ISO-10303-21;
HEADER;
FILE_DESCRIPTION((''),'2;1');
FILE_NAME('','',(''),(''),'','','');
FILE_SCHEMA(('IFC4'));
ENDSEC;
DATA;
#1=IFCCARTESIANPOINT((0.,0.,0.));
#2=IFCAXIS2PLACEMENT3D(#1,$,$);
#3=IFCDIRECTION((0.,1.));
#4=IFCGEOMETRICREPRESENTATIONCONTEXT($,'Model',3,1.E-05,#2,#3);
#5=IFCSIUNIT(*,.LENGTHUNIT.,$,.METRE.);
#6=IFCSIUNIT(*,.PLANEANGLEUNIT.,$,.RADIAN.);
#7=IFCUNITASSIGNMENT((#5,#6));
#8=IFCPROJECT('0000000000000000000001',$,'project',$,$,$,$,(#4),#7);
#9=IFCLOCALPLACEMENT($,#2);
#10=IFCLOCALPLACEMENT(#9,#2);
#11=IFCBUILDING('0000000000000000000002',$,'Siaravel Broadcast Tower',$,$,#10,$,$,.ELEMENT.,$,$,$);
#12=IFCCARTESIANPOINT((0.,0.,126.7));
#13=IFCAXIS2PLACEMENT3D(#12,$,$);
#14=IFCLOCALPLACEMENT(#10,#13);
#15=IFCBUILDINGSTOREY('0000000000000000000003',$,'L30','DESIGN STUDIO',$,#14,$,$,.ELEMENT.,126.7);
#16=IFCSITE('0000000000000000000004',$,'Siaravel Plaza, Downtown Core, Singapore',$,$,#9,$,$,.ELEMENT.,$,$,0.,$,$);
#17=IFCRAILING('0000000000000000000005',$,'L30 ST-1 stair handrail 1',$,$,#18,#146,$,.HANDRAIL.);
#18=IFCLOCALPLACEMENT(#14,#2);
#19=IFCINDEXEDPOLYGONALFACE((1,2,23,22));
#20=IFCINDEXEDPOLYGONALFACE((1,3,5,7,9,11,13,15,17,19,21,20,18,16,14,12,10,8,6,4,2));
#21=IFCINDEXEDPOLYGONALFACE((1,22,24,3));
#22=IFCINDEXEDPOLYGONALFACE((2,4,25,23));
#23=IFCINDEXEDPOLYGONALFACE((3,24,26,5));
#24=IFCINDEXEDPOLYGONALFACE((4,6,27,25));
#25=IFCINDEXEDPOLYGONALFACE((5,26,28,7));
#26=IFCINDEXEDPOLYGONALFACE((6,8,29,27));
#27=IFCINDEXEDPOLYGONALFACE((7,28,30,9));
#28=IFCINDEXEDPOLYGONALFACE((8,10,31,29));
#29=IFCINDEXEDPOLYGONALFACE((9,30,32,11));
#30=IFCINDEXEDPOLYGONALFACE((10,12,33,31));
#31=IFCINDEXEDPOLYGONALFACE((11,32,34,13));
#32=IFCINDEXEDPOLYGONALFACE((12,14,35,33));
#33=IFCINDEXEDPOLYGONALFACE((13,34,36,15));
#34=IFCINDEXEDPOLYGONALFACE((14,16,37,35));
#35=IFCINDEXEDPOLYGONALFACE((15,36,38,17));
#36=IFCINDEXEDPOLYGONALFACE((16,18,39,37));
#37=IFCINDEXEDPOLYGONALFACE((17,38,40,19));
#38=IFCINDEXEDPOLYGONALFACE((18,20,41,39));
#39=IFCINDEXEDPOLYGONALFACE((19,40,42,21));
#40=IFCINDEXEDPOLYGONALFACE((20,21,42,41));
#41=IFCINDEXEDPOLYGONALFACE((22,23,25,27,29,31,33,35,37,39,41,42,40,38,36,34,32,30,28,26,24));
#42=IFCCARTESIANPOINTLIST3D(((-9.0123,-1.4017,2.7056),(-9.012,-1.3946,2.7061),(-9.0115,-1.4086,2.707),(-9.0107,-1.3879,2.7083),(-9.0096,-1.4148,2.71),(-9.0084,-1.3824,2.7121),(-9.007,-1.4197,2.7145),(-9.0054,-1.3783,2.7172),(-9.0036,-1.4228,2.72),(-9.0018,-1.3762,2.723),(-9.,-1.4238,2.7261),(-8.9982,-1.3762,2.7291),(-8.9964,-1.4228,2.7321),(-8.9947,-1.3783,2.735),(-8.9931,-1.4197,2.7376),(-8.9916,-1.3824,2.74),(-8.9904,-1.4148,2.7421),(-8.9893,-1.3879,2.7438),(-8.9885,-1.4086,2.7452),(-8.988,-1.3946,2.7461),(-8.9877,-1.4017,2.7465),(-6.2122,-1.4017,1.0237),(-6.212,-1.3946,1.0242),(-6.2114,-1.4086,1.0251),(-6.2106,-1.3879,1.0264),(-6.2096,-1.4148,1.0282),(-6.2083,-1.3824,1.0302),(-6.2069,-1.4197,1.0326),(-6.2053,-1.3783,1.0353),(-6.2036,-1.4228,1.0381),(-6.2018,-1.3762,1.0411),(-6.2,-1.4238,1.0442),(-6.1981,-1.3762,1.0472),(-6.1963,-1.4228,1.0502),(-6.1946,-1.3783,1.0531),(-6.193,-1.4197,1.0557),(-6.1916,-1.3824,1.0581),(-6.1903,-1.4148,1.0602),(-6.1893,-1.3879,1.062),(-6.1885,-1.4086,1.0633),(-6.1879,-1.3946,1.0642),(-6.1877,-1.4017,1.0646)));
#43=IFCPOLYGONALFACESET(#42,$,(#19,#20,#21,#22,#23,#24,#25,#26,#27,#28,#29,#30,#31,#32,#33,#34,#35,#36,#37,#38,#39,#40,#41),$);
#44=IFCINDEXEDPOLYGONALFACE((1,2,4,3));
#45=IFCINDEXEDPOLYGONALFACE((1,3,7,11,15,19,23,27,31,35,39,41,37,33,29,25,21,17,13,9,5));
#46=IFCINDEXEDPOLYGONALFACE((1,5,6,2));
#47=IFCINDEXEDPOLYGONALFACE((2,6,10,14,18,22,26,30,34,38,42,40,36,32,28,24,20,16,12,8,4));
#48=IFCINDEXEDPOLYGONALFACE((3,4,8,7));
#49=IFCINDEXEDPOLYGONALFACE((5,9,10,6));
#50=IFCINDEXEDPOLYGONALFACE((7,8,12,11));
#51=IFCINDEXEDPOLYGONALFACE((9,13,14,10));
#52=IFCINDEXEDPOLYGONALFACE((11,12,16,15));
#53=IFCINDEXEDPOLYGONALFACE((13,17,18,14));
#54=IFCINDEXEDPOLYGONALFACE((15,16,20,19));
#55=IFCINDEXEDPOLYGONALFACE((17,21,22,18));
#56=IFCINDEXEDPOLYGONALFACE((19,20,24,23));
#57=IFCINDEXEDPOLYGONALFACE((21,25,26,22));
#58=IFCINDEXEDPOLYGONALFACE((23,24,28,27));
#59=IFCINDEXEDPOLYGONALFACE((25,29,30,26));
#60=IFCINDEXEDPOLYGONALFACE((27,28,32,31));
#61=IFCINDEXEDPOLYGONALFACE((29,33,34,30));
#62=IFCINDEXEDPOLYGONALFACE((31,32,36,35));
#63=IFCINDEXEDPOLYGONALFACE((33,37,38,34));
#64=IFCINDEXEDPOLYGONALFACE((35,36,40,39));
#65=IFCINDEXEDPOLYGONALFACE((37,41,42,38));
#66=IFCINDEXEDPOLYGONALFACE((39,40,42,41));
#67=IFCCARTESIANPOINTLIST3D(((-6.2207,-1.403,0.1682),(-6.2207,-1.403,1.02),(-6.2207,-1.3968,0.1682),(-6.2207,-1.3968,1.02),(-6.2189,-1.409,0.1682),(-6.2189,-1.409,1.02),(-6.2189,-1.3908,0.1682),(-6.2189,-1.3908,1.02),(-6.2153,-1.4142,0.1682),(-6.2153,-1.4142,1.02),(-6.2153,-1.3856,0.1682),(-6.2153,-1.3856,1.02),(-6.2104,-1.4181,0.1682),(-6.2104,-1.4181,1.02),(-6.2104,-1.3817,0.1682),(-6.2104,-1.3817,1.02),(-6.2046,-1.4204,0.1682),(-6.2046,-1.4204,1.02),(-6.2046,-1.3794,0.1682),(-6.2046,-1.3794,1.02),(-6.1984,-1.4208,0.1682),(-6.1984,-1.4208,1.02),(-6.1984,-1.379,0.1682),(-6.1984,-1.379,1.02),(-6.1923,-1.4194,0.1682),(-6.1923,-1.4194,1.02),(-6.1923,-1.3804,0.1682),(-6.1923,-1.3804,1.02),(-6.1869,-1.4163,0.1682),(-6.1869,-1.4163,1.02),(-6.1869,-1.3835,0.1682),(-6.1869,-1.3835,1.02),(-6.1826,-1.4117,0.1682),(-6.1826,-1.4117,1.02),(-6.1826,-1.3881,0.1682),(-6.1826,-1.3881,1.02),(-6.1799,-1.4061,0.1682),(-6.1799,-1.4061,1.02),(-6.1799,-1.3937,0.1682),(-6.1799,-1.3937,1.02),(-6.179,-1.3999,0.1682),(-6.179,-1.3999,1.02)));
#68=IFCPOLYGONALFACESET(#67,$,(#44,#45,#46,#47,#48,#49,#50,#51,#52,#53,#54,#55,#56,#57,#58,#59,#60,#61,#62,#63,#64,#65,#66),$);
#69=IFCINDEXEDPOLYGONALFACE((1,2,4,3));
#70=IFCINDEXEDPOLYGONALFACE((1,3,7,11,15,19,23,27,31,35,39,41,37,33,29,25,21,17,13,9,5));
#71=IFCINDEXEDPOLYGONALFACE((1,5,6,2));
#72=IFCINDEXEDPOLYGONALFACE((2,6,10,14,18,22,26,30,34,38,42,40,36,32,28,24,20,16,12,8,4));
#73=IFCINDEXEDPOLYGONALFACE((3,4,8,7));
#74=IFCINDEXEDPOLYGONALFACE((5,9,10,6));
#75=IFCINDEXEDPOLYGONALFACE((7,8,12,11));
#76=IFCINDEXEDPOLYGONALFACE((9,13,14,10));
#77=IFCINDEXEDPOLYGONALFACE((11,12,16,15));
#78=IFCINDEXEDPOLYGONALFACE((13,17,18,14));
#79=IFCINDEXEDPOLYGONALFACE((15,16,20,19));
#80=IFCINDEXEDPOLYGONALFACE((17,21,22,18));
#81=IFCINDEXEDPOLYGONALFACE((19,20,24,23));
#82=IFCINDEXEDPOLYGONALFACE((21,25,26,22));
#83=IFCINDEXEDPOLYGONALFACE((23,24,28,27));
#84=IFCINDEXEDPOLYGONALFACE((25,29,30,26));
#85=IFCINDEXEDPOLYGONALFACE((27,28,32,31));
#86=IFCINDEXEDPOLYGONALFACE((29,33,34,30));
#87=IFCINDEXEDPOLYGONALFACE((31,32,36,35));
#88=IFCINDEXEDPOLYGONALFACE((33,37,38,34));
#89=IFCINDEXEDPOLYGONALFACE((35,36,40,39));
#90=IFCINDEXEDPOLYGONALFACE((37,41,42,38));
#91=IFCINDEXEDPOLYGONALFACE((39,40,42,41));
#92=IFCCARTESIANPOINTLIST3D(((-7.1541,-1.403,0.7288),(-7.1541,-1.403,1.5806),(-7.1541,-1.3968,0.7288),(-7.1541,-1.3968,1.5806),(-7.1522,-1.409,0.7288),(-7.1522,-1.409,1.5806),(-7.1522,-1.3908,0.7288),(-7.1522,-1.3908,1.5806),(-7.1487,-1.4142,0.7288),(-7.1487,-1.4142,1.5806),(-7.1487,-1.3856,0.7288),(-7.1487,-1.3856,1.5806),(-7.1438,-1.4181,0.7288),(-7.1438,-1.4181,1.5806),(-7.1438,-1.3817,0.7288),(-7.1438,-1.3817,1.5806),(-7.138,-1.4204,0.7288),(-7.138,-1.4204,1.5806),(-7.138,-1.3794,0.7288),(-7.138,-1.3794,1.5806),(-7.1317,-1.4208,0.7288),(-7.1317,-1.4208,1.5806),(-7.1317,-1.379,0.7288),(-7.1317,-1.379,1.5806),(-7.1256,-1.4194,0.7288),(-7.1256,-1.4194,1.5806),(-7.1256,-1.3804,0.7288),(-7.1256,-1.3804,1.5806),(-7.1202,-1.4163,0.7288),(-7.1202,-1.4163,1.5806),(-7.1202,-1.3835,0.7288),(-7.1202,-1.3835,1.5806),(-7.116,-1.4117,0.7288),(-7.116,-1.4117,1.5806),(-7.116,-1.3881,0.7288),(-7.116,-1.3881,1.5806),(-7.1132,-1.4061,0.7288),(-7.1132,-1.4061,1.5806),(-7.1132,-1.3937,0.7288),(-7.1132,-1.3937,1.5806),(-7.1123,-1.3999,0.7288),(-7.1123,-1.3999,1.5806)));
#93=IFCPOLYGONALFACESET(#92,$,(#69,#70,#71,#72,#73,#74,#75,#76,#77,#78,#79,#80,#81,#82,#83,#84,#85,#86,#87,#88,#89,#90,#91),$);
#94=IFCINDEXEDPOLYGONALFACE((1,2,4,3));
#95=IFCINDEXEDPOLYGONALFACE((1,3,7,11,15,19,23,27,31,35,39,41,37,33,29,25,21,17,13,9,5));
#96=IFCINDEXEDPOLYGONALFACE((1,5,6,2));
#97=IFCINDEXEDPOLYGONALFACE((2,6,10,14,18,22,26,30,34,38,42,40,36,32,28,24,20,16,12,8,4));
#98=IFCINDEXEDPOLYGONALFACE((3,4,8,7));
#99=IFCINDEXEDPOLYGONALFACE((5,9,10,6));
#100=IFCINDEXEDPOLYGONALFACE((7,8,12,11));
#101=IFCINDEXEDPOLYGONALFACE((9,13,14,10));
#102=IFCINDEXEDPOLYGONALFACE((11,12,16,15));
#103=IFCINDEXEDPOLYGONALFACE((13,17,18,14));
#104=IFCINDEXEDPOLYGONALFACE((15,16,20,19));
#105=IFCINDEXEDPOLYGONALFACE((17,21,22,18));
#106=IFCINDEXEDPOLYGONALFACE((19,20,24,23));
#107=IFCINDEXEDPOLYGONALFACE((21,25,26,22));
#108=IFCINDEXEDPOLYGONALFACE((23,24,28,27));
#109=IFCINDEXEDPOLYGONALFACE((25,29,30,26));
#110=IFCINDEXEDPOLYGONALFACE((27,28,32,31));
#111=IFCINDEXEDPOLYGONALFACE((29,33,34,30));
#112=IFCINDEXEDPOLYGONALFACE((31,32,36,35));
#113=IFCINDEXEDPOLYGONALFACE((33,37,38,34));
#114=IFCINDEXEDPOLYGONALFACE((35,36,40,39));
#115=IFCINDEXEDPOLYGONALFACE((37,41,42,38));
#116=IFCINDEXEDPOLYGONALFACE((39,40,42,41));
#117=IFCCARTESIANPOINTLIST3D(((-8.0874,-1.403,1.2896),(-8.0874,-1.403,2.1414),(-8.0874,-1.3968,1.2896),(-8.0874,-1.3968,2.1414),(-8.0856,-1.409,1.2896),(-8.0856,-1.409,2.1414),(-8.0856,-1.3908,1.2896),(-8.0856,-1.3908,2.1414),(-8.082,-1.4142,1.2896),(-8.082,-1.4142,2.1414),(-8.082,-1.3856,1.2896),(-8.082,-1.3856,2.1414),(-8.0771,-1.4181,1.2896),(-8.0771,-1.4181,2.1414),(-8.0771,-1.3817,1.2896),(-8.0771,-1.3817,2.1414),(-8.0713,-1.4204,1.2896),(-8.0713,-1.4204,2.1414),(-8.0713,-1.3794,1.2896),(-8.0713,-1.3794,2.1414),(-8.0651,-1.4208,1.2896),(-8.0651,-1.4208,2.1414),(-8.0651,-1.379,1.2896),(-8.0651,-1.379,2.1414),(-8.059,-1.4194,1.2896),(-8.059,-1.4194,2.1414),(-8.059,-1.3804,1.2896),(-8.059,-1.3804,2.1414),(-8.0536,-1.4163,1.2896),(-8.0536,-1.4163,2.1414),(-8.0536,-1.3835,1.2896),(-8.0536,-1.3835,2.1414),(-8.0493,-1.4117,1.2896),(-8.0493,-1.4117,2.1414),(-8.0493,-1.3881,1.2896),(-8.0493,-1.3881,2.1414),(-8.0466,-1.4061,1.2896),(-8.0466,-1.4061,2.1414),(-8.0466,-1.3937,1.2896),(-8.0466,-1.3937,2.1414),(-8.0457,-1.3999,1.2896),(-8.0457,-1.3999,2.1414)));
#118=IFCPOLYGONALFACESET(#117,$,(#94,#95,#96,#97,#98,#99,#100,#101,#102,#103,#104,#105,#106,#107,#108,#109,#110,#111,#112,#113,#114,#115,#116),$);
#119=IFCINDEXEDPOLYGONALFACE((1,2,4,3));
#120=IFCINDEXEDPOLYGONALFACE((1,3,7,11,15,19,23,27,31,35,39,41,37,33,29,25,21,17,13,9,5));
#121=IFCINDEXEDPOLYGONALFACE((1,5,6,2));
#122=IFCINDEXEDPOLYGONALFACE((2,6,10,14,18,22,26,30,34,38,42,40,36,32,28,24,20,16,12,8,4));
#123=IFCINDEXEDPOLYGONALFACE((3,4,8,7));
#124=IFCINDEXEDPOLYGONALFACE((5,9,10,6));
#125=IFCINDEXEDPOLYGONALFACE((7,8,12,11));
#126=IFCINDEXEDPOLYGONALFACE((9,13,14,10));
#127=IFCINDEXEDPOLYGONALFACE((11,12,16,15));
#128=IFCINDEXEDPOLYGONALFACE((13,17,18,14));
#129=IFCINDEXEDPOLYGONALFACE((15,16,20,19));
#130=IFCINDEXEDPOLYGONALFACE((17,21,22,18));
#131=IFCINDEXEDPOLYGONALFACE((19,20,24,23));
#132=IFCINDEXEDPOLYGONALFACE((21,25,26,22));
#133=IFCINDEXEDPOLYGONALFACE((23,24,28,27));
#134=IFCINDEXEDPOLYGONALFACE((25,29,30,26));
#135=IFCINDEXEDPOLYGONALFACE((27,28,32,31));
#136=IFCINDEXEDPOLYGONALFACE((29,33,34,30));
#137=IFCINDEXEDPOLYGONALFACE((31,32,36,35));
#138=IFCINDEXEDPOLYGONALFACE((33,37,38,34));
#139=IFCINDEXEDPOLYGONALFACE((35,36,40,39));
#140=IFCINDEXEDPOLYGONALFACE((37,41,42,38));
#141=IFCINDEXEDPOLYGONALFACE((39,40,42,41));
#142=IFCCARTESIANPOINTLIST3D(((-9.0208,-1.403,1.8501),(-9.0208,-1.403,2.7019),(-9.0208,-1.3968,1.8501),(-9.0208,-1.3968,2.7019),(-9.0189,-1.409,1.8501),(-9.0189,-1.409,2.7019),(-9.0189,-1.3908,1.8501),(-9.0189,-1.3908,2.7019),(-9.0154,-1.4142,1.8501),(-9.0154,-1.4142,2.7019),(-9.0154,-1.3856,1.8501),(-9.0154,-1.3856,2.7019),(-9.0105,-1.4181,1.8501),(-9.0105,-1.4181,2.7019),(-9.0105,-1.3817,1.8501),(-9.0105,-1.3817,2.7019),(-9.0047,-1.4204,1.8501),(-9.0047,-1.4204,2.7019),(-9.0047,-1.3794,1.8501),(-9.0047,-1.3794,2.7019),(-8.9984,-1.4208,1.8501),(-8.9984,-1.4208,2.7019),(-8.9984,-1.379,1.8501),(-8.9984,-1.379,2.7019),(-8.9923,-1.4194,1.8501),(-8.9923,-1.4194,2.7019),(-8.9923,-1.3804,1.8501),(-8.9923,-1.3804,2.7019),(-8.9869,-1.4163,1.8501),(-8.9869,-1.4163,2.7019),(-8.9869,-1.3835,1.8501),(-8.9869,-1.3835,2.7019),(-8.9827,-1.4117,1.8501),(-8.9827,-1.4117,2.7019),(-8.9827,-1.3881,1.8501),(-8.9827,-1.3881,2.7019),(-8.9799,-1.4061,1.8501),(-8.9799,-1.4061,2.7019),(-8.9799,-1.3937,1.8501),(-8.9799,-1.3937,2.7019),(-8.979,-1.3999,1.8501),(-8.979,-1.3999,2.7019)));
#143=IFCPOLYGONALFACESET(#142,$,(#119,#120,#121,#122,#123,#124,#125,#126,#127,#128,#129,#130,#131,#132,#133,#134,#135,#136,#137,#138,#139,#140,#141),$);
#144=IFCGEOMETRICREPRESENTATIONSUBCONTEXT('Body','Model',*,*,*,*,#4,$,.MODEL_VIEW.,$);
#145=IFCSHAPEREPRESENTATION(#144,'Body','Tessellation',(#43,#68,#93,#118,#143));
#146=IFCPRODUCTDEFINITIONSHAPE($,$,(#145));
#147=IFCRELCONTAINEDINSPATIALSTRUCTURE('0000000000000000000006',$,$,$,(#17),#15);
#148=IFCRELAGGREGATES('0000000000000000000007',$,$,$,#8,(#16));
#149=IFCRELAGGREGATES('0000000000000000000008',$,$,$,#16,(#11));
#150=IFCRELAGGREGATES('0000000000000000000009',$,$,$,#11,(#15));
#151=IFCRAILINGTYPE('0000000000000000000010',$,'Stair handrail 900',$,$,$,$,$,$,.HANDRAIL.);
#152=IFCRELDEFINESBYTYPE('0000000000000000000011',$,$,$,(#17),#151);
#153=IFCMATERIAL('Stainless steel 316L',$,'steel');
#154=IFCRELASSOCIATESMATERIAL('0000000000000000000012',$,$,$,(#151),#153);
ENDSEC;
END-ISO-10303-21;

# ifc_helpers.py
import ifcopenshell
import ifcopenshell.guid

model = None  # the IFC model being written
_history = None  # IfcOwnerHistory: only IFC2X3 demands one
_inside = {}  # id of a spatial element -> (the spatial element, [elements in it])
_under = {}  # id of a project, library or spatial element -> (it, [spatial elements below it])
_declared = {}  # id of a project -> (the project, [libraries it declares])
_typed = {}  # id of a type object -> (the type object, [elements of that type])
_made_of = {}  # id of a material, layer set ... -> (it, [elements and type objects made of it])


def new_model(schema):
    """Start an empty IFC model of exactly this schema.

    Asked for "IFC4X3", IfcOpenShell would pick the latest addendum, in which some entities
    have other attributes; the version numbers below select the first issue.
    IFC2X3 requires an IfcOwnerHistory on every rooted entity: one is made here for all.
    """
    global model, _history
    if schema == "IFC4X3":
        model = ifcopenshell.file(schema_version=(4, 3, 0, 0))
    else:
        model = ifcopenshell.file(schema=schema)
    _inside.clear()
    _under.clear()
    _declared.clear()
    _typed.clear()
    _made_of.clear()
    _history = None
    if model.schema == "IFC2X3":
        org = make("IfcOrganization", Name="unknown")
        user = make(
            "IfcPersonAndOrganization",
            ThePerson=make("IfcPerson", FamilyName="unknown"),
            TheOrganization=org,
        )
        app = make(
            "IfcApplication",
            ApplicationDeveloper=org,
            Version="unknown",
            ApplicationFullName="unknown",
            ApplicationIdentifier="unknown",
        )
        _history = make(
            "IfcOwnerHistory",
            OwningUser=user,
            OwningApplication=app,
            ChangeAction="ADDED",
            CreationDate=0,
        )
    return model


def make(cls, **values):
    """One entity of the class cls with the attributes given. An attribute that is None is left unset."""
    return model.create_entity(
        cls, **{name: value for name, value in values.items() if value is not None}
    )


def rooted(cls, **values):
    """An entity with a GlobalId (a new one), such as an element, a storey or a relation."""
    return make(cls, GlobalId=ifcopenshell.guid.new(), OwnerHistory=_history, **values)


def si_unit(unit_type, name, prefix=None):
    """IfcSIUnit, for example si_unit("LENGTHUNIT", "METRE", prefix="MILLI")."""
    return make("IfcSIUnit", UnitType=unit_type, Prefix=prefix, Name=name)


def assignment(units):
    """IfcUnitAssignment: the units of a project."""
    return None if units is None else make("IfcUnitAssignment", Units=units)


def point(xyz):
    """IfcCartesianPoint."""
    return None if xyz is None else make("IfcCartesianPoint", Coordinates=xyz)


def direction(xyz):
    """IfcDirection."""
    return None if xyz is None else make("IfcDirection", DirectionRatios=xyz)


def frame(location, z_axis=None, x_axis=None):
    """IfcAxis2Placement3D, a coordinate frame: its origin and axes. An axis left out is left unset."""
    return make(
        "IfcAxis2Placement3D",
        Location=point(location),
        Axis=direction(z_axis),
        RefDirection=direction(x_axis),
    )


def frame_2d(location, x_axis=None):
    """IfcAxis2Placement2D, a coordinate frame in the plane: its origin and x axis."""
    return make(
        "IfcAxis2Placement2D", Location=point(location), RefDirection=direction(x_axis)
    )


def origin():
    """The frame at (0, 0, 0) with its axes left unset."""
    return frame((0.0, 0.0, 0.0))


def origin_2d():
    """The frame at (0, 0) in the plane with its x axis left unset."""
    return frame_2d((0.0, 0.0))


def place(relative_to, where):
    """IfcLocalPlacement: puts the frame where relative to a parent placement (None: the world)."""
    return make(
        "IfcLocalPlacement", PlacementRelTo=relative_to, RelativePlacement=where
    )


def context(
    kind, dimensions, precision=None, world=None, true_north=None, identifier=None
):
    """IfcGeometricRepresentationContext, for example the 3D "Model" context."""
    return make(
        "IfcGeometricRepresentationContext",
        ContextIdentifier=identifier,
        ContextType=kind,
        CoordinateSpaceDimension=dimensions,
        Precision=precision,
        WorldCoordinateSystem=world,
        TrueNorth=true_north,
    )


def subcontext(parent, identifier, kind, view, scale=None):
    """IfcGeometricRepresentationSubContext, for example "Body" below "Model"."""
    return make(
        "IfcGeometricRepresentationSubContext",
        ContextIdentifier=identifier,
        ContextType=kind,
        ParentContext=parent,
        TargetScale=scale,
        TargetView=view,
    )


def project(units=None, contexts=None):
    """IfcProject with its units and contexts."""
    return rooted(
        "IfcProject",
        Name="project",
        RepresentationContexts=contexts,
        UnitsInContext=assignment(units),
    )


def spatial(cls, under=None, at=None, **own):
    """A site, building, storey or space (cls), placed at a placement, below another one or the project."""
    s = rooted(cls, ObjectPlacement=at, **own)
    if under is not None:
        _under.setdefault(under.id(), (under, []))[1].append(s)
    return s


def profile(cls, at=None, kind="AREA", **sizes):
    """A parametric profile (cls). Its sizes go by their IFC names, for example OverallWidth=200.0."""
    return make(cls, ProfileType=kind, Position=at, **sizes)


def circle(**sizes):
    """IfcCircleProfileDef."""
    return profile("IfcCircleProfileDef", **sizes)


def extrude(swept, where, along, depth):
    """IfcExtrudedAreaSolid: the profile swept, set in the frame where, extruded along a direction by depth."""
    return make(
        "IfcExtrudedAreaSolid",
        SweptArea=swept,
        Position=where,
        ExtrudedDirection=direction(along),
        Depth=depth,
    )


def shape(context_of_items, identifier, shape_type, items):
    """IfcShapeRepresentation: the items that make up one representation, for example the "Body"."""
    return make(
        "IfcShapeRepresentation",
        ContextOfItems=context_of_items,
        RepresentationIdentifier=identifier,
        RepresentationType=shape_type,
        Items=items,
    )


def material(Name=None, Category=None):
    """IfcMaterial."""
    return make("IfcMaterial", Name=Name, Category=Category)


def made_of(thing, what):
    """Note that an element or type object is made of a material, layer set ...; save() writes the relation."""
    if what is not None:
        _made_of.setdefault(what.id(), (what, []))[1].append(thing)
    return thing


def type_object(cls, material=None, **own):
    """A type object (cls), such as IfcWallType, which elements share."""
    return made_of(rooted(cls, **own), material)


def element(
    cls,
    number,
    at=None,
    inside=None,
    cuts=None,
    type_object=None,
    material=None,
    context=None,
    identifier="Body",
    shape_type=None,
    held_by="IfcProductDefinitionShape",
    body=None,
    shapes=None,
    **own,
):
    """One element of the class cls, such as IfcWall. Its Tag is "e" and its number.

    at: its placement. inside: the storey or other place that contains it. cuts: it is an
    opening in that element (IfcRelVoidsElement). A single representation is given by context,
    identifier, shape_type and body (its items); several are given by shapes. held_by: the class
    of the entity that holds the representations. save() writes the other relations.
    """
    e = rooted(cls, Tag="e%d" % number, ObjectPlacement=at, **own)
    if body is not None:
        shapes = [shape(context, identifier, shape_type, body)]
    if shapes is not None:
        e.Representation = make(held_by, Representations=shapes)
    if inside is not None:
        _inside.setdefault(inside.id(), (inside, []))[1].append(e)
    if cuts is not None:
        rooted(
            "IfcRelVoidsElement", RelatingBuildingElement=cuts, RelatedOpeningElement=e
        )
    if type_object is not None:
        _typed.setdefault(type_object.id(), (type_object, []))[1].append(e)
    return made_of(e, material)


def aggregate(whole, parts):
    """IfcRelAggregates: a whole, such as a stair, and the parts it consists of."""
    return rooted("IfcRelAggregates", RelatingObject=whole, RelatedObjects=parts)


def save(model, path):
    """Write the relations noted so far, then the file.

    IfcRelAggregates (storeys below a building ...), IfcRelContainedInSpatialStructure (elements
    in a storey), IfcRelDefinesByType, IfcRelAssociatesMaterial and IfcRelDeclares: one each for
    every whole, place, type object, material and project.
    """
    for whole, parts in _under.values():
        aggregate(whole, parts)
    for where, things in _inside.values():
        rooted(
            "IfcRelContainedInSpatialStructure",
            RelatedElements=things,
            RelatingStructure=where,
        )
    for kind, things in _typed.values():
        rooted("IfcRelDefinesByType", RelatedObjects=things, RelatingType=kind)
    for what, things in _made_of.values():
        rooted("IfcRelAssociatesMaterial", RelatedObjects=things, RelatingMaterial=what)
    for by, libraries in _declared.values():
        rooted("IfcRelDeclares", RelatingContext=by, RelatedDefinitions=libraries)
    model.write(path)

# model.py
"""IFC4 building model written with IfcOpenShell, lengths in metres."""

from ifc_helpers import new_model, si_unit, direction, frame, origin, origin_2d, place, context, subcontext, project, spatial, circle, extrude, material, type_object, element, save


model = new_model("IFC4")

# Units and contexts
model_context = context("Model", 3, precision=1e-05, world=origin(), true_north=direction((0.0, 1.0)))
body_context = subcontext(model_context, "Body", "Model", "MODEL_VIEW")
ifc_project = project(units=[si_unit("LENGTHUNIT", "METRE"), si_unit("PLANEANGLEUNIT", "RADIAN")], contexts=[model_context])

# Site, building, storey
site_placement = place(None, origin())
site = spatial("IfcSite", under=ifc_project, at=site_placement, Name="Siaravel Plaza, Downtown Core, Singapore", CompositionType="ELEMENT", RefElevation=0.0)
building_placement = place(site_placement, origin())
building = spatial("IfcBuilding", under=site, at=building_placement, Name="Siaravel Broadcast Tower", CompositionType="ELEMENT")
storey_placement = place(building_placement, frame((0.0, 0.0, 126.7)))
storey = spatial("IfcBuildingStorey", under=building, at=storey_placement, Name="L30", Description="DESIGN STUDIO", CompositionType="ELEMENT", Elevation=126.7)

# Railing
ifc_material_1 = material(Name="Stainless steel 316L", Category="steel")
railing_type_1 = type_object("IfcRailingType", Name="Stair handrail 900", PredefinedType="HANDRAIL", material=ifc_material_1)
railing_1_placement = place(storey_placement, frame((-6.2, -1.3999, 0.1682)))
element("IfcRailing", 1, at=railing_1_placement, inside=storey, type_object=railing_type_1, Name="L30 ST-1 stair handrail 1", PredefinedType="HANDRAIL", context=body_context, shape_type="SweptSolid", body=[
    extrude(circle(Radius=0.0239, at=origin_2d()), frame((0.0, 0.0, 0.876), z_axis=(-0.857242, 0.0, 0.514913), x_axis=(0.0, -1.0, 0.0)), (0.0, 0.0, 1.0), 3.2664),
    extrude(circle(Radius=0.021, at=origin_2d()), origin(), (0.0, 0.0, 1.0), 0.8518),
    extrude(circle(Radius=0.021, at=origin_2d()), frame((-0.9333, 0.0, 0.5605)), (0.0, 0.0, 1.0), 0.8518),
    extrude(circle(Radius=0.021, at=origin_2d()), frame((-1.8667, 0.0, 1.1213)), (0.0, 0.0, 1.0), 0.8518),
    extrude(circle(Radius=0.021, at=origin_2d()), frame((-2.8, 0.0, 1.6819)), (0.0, 0.0, 1.0), 0.8518),
])

save(model, "model.ifc")
